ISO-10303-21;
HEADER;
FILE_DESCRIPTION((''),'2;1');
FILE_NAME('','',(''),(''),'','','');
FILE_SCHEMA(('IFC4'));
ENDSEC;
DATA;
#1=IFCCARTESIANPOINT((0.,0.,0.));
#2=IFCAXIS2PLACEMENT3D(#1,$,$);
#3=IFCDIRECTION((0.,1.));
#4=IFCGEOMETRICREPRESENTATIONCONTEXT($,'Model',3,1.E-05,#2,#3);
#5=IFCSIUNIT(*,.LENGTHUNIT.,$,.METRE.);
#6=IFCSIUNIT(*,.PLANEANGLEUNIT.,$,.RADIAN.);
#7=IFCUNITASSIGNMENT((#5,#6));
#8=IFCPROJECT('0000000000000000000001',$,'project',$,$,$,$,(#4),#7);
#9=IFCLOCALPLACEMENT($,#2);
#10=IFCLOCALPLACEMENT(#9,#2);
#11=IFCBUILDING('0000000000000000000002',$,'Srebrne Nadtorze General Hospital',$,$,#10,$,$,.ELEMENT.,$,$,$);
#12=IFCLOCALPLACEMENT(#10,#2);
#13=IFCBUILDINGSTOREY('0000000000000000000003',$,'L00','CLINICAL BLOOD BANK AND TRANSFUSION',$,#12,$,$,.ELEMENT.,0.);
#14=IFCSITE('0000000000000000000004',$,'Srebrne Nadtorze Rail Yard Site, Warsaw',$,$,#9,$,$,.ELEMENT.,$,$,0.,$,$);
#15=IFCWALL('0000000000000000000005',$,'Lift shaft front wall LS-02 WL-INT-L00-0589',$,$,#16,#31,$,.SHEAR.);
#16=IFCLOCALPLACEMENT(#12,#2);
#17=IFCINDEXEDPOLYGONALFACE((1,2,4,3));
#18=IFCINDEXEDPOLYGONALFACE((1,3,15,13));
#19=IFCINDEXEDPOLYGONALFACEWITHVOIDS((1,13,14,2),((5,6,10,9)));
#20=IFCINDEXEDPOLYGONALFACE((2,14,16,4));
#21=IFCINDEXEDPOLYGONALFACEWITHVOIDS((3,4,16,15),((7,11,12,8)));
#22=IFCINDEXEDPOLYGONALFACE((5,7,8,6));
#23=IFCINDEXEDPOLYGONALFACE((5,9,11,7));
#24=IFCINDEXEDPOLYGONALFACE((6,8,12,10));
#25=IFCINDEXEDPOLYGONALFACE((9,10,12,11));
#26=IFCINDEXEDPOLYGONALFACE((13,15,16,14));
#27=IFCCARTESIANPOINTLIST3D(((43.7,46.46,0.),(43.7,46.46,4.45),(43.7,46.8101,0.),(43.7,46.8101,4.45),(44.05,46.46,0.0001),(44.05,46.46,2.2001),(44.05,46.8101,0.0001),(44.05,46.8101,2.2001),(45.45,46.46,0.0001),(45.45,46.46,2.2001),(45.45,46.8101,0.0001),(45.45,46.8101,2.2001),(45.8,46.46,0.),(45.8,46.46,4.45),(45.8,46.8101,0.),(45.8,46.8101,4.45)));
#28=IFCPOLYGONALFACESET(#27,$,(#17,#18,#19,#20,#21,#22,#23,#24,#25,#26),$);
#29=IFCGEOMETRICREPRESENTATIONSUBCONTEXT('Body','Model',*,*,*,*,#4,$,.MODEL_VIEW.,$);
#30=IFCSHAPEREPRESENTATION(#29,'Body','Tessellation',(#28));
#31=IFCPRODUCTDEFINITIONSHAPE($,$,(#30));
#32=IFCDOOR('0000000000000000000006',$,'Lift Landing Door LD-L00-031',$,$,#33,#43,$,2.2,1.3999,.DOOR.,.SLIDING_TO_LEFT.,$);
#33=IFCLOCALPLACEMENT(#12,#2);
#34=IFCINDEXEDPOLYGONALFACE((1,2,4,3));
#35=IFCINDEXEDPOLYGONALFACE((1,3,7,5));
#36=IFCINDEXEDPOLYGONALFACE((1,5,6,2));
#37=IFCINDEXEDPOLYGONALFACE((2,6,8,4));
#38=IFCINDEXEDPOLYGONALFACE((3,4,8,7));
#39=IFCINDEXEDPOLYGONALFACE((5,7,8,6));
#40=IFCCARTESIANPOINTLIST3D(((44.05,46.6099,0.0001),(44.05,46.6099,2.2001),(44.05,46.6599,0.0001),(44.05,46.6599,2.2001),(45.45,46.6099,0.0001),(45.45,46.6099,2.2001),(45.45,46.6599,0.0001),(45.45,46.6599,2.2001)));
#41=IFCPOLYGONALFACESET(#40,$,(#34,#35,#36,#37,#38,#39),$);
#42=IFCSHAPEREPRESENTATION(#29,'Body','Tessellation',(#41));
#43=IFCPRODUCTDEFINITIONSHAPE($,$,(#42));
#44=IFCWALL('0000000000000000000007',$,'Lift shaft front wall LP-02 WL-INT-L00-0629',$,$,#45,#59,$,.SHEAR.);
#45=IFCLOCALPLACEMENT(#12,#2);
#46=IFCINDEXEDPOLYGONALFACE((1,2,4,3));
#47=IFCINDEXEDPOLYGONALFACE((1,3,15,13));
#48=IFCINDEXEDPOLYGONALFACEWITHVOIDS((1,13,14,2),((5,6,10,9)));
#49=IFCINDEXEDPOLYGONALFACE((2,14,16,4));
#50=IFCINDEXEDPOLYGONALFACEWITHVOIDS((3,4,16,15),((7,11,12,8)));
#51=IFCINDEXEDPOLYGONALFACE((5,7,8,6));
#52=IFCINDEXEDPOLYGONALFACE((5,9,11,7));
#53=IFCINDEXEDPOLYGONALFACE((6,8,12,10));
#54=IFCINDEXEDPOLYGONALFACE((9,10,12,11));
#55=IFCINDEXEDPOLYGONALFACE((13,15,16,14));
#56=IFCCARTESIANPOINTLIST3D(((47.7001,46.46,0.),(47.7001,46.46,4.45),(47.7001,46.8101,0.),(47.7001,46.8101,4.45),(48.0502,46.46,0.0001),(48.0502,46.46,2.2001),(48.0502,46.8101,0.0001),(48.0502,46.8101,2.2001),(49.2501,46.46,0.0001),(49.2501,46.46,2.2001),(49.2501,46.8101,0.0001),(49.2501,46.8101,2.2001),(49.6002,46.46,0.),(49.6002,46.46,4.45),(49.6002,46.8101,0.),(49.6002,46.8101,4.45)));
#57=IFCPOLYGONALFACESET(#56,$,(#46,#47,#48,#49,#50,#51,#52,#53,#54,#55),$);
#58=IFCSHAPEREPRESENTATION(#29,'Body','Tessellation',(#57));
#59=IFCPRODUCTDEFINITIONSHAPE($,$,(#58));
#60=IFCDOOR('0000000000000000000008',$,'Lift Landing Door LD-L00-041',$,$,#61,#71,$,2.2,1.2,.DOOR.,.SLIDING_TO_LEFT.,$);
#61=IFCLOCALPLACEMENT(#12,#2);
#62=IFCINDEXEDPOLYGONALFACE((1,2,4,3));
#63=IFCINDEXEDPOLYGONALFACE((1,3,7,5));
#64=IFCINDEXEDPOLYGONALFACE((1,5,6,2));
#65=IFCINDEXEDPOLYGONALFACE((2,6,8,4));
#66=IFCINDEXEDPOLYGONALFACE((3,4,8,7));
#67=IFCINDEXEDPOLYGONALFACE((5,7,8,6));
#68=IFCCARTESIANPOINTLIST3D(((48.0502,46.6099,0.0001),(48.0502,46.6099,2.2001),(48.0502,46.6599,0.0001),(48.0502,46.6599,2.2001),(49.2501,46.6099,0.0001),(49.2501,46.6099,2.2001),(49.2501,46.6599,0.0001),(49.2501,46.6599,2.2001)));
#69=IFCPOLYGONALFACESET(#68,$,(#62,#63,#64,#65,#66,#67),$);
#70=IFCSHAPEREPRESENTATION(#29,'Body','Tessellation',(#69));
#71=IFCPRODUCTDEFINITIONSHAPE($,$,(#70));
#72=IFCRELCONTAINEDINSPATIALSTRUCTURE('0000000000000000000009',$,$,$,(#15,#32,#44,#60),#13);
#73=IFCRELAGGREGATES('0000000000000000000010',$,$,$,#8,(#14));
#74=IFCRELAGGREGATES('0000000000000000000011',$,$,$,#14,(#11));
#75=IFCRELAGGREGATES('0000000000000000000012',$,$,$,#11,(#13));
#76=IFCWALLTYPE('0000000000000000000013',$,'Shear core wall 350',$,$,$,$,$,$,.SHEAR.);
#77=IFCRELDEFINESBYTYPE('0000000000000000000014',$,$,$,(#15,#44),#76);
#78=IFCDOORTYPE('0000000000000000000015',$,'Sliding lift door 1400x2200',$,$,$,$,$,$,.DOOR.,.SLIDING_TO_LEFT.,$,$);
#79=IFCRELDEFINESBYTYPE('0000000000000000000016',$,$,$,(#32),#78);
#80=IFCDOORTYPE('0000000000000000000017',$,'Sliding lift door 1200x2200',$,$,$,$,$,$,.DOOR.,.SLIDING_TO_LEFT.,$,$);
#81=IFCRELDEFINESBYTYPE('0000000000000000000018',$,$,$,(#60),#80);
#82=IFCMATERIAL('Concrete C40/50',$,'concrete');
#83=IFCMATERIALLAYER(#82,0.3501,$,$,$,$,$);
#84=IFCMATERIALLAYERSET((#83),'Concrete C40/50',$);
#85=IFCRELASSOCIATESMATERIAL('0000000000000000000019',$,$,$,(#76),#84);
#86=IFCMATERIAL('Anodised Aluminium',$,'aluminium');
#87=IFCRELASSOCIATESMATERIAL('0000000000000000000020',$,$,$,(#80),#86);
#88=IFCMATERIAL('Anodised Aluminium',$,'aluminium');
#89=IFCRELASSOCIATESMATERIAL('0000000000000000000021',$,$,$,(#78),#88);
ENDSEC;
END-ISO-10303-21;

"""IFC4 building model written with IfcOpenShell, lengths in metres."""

from ifc_helpers import new_model, si_unit, direction, frame, frame_2d, origin, place, context, subcontext, project, spatial, rectangle, extrude, material, layer, layer_set, type_object, element, fill, save


model = new_model("IFC4")

# Units and contexts
model_context = context("Model", 3, precision=1e-05, world=origin(), true_north=direction((0.0, 1.0)))
body_context = subcontext(model_context, "Body", "Model", "MODEL_VIEW")
ifc_project = project(units=[si_unit("LENGTHUNIT", "METRE"), si_unit("PLANEANGLEUNIT", "RADIAN")], contexts=[model_context])

# Site, building, storey
site_placement = place(None, origin())
site = spatial("IfcSite", under=ifc_project, at=site_placement, Name="Srebrne Nadtorze Rail Yard Site, Warsaw", CompositionType="ELEMENT", RefElevation=0.0)
building_placement = place(site_placement, origin())
building = spatial("IfcBuilding", under=site, at=building_placement, Name="Srebrne Nadtorze General Hospital", CompositionType="ELEMENT")
storey_placement = place(building_placement, origin())
storey = spatial("IfcBuildingStorey", under=building, at=storey_placement, Name="L00", Description="CLINICAL BLOOD BANK AND TRANSFUSION", CompositionType="ELEMENT", Elevation=0.0)

# Walls, openings, doors
ifc_material_1 = material(Name="Concrete C40/50", Category="concrete")
ifc_layer_1 = layer(ifc_material_1, 0.3501)
ifc_layer_set_1 = layer_set([ifc_layer_1], Name="Concrete C40/50")
wall_type_1 = type_object("IfcWallType", Name="Shear core wall 350", PredefinedType="SHEAR", material=ifc_layer_set_1)
ifc_material_2 = material(Name="Anodised Aluminium", Category="aluminium")
door_type_1 = type_object("IfcDoorType", Name="Sliding lift door 1200x2200", OperationType="SLIDING_TO_LEFT", PredefinedType="DOOR", material=ifc_material_2)
ifc_material_3 = material(Name="Anodised Aluminium", Category="aluminium")
door_type_2 = type_object("IfcDoorType", Name="Sliding lift door 1400x2200", OperationType="SLIDING_TO_LEFT", PredefinedType="DOOR", material=ifc_material_3)
wall_1_placement = place(storey_placement, frame((43.7, 46.635, 0.0), z_axis=(0.0, 0.0, 1.0), x_axis=(1.0, 0.0, 0.0)))
wall_1 = element("IfcWall", 1, at=wall_1_placement, inside=storey, type_object=wall_type_1, Name="Lift shaft front wall LS-02 WL-INT-L00-0589", PredefinedType="SHEAR", context=body_context, shape_type="SweptSolid", body=[
    extrude(rectangle(XDim=2.1001, YDim=0.3501, at=frame_2d((1.05, 0.0))), origin(), (0.0, 0.0, 1.0), 4.45),
])
opening_1_placement = place(wall_1_placement, frame((0.3501, 0.0, 0.0)))
opening_1 = element("IfcOpeningElement", 2, at=opening_1_placement, cuts=wall_1, PredefinedType="OPENING", context=body_context, shape_type="SweptSolid", body=[
    extrude(rectangle(XDim=1.3999, YDim=2.2, at=frame_2d((0.7, 1.1001))), frame((0.0, 0.187, 0.0), z_axis=(0.0, -1.0, 0.0), x_axis=(1.0, 0.0, 0.0)), (0.0, 0.0, 1.0), 0.374),
])
door_1_placement = place(opening_1_placement, origin())
door_1 = element("IfcDoor", 3, at=door_1_placement, inside=storey, type_object=door_type_2, Name="Lift Landing Door LD-L00-031", OperationType="SLIDING_TO_LEFT", OverallHeight=2.2, OverallWidth=1.3999, PredefinedType="DOOR", context=body_context, shape_type="SweptSolid", body=[
    extrude(rectangle(XDim=1.3999, YDim=2.2, at=frame_2d((0.7, 1.1001))), frame((0.0, 0.0249, 0.0), z_axis=(0.0, -1.0, 0.0), x_axis=(1.0, 0.0, 0.0)), (0.0, 0.0, 1.0), 0.05),
])
fill(opening_1, door_1)
wall_2_placement = place(storey_placement, frame((47.7, 46.635, 0.0), z_axis=(0.0, 0.0, 1.0), x_axis=(1.0, 0.0, 0.0)))
wall_2 = element("IfcWall", 4, at=wall_2_placement, inside=storey, type_object=wall_type_1, Name="Lift shaft front wall LP-02 WL-INT-L00-0629", PredefinedType="SHEAR", context=body_context, shape_type="SweptSolid", body=[
    extrude(rectangle(XDim=1.9001, YDim=0.3501, at=frame_2d((0.9502, 0.0))), origin(), (0.0, 0.0, 1.0), 4.45),
])
opening_2_placement = place(wall_2_placement, frame((0.3501, 0.0, 0.0)))
opening_2 = element("IfcOpeningElement", 5, at=opening_2_placement, cuts=wall_2, PredefinedType="OPENING", context=body_context, shape_type="SweptSolid", body=[
    extrude(rectangle(XDim=1.2, YDim=2.2, at=frame_2d((0.6001, 1.1001))), frame((0.0, 0.187, 0.0), z_axis=(0.0, -1.0, 0.0), x_axis=(1.0, 0.0, 0.0)), (0.0, 0.0, 1.0), 0.374),
])
door_2_placement = place(opening_2_placement, origin())
door_2 = element("IfcDoor", 6, at=door_2_placement, inside=storey, type_object=door_type_1, Name="Lift Landing Door LD-L00-041", OperationType="SLIDING_TO_LEFT", OverallHeight=2.2, OverallWidth=1.2, PredefinedType="DOOR", context=body_context, shape_type="SweptSolid", body=[
    extrude(rectangle(XDim=1.2, YDim=2.2, at=frame_2d((0.6001, 1.1001))), frame((0.0, 0.0249, 0.0), z_axis=(0.0, -1.0, 0.0), x_axis=(1.0, 0.0, 0.0)), (0.0, 0.0, 1.0), 0.05),
])
fill(opening_2, door_2)

save(model, "model.ifc")
